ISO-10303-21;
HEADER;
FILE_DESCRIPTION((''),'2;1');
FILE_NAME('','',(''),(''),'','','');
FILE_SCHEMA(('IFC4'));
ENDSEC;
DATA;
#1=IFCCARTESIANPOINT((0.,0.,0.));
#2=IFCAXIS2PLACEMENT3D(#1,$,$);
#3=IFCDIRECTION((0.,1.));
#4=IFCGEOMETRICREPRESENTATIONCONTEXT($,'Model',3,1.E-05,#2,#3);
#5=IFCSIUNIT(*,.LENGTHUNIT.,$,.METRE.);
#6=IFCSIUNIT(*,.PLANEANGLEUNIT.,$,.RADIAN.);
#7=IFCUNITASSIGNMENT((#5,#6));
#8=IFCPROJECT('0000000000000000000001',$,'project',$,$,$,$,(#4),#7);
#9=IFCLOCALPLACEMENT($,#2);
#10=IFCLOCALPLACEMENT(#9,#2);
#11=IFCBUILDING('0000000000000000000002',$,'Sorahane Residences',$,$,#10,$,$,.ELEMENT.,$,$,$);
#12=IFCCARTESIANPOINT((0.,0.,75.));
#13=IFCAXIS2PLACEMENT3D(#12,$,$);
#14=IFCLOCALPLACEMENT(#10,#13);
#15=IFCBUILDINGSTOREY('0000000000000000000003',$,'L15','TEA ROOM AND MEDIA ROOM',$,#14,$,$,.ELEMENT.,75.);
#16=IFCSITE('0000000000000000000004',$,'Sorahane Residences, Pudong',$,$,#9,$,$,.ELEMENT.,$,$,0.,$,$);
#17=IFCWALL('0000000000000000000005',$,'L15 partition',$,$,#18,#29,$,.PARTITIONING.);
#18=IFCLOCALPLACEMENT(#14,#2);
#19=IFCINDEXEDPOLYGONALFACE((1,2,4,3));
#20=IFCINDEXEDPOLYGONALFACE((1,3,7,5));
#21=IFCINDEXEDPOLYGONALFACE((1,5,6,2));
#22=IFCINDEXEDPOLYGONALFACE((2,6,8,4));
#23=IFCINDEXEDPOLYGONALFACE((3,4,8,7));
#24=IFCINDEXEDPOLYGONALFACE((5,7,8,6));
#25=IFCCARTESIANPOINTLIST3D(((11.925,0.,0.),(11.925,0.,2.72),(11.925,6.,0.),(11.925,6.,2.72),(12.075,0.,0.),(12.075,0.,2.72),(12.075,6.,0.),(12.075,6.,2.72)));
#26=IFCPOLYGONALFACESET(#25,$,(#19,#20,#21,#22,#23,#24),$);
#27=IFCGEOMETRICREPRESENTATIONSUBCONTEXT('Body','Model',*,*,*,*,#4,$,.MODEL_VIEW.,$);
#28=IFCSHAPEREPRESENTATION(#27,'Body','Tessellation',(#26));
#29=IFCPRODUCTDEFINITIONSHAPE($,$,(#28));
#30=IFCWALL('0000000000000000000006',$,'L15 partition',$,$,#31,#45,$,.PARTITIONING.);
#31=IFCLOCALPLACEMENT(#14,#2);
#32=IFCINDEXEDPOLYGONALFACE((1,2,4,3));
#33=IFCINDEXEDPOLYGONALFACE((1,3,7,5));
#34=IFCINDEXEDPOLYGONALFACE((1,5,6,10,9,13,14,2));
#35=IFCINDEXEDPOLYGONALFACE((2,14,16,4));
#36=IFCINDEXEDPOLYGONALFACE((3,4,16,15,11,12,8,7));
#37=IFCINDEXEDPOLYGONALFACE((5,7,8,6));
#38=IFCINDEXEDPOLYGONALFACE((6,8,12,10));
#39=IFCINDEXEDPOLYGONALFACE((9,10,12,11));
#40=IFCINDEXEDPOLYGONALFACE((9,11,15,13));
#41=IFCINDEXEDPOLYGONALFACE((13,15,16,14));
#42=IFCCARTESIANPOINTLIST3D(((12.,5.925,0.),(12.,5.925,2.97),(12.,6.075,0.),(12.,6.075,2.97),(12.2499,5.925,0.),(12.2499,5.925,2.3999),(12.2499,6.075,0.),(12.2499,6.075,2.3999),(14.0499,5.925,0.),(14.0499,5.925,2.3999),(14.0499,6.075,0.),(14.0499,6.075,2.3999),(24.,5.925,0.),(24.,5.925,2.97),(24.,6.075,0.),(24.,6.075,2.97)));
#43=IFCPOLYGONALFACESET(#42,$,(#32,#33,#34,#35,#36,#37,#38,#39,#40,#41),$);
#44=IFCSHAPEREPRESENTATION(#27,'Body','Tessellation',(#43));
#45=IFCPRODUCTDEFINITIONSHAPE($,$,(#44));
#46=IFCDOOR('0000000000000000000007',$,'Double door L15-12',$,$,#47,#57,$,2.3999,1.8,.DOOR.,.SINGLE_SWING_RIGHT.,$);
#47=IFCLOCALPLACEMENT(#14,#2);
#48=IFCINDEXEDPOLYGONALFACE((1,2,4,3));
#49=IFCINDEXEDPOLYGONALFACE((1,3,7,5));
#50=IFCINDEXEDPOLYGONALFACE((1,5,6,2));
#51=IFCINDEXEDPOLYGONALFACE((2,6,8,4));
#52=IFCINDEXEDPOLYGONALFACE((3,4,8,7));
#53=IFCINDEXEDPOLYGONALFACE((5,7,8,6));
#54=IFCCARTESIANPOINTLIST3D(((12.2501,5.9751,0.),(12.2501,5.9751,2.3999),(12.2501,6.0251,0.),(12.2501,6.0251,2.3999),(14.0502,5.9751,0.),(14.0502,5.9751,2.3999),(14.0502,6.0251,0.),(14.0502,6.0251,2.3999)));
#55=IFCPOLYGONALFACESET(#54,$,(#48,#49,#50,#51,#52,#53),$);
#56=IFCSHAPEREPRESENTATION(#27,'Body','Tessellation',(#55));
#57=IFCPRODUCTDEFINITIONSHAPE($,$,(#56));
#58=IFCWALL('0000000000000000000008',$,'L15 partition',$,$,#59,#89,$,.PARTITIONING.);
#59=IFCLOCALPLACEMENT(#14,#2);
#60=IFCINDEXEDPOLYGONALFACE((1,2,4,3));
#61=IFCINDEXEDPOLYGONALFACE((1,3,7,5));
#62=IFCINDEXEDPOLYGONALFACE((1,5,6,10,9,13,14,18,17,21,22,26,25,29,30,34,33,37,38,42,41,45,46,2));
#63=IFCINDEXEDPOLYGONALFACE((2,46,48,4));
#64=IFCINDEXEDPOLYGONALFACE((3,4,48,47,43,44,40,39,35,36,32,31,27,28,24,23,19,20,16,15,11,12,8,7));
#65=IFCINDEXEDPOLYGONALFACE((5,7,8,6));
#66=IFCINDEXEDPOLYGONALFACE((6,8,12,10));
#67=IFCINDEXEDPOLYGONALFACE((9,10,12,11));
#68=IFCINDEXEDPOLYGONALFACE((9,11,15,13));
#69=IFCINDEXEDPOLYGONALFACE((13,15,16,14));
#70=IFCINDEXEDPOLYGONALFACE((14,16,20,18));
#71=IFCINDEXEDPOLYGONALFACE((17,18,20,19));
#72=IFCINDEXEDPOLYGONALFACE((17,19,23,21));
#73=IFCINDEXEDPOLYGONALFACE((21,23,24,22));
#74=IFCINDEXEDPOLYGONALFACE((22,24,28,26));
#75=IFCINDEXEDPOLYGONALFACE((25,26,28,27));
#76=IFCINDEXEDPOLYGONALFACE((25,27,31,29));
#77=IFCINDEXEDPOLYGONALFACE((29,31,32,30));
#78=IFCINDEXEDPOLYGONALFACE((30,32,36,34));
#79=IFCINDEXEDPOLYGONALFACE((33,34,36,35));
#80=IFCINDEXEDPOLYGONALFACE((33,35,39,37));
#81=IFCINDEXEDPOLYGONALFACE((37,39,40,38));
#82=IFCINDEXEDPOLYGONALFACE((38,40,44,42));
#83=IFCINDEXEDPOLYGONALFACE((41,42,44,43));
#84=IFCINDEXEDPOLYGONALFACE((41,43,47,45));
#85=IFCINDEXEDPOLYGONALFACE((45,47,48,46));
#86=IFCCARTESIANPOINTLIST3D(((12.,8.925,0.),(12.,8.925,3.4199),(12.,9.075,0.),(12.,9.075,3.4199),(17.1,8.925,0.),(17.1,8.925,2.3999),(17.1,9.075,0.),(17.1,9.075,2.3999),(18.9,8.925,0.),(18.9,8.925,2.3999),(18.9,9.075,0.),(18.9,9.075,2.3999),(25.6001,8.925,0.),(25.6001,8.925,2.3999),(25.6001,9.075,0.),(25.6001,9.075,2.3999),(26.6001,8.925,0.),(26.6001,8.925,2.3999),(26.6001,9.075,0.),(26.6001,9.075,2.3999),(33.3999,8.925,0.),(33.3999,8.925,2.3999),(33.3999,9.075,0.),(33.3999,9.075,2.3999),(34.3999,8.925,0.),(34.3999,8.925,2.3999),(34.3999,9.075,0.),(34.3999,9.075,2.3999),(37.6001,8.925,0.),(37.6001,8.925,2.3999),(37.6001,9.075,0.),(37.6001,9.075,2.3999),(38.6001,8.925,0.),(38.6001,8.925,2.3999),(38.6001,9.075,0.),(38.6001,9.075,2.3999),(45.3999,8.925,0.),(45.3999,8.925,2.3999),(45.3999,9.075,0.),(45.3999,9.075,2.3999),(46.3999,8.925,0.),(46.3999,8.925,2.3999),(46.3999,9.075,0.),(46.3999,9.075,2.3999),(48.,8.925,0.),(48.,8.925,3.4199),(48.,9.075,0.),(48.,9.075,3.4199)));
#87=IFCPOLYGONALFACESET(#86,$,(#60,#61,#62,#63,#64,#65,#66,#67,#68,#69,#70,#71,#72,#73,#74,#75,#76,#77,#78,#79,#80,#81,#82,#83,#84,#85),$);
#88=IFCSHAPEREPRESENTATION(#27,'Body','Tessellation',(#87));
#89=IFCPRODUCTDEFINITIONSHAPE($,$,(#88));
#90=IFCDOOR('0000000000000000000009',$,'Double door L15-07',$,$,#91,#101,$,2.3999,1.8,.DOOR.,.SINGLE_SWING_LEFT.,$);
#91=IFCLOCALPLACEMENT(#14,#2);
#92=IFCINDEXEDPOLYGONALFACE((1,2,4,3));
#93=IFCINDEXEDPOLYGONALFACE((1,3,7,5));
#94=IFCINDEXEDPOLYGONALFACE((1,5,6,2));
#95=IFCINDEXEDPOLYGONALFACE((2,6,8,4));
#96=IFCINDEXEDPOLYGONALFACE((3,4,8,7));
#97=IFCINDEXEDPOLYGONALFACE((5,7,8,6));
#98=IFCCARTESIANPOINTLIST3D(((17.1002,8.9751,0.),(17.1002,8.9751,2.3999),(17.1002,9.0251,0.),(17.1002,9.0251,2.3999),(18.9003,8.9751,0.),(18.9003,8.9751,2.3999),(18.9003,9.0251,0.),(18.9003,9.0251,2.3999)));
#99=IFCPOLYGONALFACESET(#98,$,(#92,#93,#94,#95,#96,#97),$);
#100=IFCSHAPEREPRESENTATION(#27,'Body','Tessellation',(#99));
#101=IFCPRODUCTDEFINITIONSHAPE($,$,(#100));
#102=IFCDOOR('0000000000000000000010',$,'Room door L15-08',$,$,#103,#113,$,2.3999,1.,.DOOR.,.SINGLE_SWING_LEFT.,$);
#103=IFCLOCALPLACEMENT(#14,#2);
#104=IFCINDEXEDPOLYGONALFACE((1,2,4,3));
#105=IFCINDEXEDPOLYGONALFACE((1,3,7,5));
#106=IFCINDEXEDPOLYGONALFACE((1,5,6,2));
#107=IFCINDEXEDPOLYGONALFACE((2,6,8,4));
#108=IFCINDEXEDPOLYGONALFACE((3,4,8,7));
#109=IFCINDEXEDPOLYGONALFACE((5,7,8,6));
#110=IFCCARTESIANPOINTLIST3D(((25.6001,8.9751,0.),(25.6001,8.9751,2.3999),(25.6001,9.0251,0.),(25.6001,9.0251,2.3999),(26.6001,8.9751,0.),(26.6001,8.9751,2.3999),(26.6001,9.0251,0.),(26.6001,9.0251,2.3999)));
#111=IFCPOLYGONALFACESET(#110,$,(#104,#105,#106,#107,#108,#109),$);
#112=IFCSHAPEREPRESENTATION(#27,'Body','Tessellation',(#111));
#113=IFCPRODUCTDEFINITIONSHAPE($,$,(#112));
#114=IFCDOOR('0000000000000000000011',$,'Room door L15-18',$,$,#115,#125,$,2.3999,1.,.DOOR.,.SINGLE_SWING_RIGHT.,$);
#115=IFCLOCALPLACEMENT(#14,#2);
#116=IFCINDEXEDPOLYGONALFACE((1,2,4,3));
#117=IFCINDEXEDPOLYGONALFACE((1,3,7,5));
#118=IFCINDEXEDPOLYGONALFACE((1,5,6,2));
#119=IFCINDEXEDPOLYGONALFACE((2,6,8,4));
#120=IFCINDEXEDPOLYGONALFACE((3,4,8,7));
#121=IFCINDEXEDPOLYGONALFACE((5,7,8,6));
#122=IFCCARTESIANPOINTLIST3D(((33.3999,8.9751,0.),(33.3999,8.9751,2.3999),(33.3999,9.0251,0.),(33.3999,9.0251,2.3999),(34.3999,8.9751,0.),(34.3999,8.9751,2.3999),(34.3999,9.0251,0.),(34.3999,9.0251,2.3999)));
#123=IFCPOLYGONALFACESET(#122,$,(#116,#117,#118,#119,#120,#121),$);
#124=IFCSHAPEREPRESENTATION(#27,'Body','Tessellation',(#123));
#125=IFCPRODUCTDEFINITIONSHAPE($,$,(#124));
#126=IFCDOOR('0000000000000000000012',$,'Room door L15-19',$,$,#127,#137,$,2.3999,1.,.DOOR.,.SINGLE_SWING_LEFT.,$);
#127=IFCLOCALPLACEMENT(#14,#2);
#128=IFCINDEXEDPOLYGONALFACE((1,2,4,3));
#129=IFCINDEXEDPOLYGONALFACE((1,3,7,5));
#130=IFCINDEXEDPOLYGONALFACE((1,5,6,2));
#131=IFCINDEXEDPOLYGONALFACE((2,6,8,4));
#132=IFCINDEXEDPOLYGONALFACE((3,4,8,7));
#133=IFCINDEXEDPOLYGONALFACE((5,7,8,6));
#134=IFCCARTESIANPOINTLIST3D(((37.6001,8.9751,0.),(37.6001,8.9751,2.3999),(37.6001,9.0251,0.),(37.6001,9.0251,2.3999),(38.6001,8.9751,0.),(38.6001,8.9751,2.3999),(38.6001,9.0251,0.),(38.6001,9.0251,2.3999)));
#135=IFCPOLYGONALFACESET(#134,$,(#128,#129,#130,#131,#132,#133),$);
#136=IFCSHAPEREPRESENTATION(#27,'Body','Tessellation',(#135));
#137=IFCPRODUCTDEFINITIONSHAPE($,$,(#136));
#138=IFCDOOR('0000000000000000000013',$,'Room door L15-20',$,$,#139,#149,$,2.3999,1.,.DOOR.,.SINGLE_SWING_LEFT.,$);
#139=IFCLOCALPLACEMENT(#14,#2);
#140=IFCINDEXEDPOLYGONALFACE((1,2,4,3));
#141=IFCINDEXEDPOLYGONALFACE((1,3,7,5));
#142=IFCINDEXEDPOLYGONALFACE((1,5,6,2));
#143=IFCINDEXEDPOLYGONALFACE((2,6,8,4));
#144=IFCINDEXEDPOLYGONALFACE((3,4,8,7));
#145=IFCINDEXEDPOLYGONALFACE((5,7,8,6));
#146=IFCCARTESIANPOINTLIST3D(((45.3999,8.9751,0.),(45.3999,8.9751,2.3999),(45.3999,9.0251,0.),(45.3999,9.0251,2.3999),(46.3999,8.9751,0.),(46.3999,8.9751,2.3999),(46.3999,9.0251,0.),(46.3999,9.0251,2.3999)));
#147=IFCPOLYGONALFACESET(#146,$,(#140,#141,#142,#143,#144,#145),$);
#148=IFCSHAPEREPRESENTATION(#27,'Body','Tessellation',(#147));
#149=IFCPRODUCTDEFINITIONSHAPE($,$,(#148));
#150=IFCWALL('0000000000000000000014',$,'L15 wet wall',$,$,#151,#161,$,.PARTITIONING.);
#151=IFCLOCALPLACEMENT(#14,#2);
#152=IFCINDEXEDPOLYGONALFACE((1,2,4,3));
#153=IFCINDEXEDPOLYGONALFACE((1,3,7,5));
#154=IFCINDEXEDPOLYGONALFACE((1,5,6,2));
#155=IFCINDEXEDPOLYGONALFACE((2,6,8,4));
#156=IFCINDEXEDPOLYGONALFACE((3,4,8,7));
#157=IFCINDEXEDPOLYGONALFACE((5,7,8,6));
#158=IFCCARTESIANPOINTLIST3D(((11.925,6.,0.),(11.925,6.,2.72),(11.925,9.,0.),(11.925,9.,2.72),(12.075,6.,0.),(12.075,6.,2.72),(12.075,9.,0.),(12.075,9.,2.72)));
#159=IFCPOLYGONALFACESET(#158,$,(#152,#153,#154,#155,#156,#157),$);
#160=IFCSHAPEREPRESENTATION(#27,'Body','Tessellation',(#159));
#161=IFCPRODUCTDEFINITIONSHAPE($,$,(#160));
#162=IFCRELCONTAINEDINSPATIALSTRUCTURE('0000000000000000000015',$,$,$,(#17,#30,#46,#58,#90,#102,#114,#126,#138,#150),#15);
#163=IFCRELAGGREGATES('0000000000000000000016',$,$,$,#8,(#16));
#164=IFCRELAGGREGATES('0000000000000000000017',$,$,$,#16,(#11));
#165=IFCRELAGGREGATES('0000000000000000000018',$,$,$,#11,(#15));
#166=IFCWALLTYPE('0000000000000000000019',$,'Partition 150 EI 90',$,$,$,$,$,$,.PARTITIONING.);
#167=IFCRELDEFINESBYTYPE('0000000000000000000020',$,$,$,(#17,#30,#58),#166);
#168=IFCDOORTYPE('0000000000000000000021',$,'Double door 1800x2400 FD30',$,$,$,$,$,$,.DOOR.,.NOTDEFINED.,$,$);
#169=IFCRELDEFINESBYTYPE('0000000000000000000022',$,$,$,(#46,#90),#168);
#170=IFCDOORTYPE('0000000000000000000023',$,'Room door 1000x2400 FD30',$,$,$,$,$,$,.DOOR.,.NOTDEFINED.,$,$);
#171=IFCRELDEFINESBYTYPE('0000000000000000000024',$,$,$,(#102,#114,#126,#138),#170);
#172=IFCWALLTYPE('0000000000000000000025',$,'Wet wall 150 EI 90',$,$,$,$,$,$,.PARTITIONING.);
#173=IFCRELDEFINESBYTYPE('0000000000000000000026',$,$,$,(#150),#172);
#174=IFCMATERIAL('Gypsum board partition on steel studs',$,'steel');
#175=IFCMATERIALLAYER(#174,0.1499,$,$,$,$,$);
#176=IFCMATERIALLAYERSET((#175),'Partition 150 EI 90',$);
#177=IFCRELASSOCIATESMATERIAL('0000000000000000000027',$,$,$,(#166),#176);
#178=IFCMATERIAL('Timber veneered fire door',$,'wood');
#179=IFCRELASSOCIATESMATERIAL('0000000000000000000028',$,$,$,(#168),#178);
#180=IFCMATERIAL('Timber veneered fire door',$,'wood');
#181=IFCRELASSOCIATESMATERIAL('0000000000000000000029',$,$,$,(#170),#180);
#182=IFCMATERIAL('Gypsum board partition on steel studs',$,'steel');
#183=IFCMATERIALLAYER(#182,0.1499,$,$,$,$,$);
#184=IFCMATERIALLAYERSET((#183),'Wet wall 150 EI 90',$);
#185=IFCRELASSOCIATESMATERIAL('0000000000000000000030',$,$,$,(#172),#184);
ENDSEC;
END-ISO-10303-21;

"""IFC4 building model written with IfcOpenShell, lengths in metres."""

from ifc_helpers import new_model, si_unit, direction, frame, frame_2d, origin, place, context, subcontext, project, spatial, rectangle, extrude, material, layer, layer_set, type_object, element, fill, save


model = new_model("IFC4")

# Units and contexts
model_context = context("Model", 3, precision=1e-05, world=origin(), true_north=direction((0.0, 1.0)))
body_context = subcontext(model_context, "Body", "Model", "MODEL_VIEW")
ifc_project = project(units=[si_unit("LENGTHUNIT", "METRE"), si_unit("PLANEANGLEUNIT", "RADIAN")], contexts=[model_context])

# Site, building, storey
site_placement = place(None, origin())
site = spatial("IfcSite", under=ifc_project, at=site_placement, Name="Sorahane Residences, Pudong", CompositionType="ELEMENT", RefElevation=0.0)
building_placement = place(site_placement, origin())
building = spatial("IfcBuilding", under=site, at=building_placement, Name="Sorahane Residences", CompositionType="ELEMENT")
storey_placement = place(building_placement, frame((0.0, 0.0, 75.0)))
storey = spatial("IfcBuildingStorey", under=building, at=storey_placement, Name="L15", Description="TEA ROOM AND MEDIA ROOM", CompositionType="ELEMENT", Elevation=75.0)

# Wall
ifc_material_1 = material(Name="Gypsum board partition on steel studs", Category="steel")
ifc_layer_1 = layer(ifc_material_1, 0.1499)
ifc_layer_set_1 = layer_set([ifc_layer_1], Name="Partition 150 EI 90")
wall_type_1 = type_object("IfcWallType", Name="Partition 150 EI 90", PredefinedType="PARTITIONING", material=ifc_layer_set_1)
wall_1_placement = place(storey_placement, frame((12.0, 0.0, 0.0), z_axis=(0.0, 0.0, 1.0), x_axis=(0.0, 1.0, 0.0)))
element("IfcWall", 1, at=wall_1_placement, inside=storey, type_object=wall_type_1, Name="L15 partition", PredefinedType="PARTITIONING", context=body_context, shape_type="SweptSolid", body=[
    extrude(rectangle(XDim=6.0, YDim=0.1499, at=frame_2d((3.0, 0.0))), origin(), (0.0, 0.0, 1.0), 2.72),
])

# Wall, opening, door
wall_2_placement = place(storey_placement, frame((12.0, 6.0, 0.0), z_axis=(0.0, 0.0, 1.0), x_axis=(1.0, 0.0, 0.0)))
wall_2 = element("IfcWall", 2, at=wall_2_placement, inside=storey, type_object=wall_type_1, Name="L15 partition", PredefinedType="PARTITIONING", context=body_context, shape_type="SweptSolid", body=[
    extrude(rectangle(XDim=12.0, YDim=0.1499, at=frame_2d((6.0, 0.0))), origin(), (0.0, 0.0, 1.0), 2.97),
])
opening_1_placement = place(wall_2_placement, frame((0.25, 0.0, 0.0)))
opening_1 = element("IfcOpeningElement", 3, at=opening_1_placement, cuts=wall_2, PredefinedType="OPENING", context=body_context, shape_type="SweptSolid", body=[
    extrude(rectangle(XDim=1.8, YDim=2.3999, at=frame_2d((0.8999, 1.2))), frame((0.0, 0.085, 0.0), z_axis=(0.0, -1.0, 0.0), x_axis=(1.0, 0.0, 0.0)), (0.0, 0.0, 1.0), 0.1699),
])
ifc_material_2 = material(Name="Timber veneered fire door", Category="wood")
door_type_1 = type_object("IfcDoorType", Name="Double door 1800x2400 FD30", OperationType="NOTDEFINED", PredefinedType="DOOR", material=ifc_material_2)
door_1_placement = place(opening_1_placement, frame((1.8, 0.0, 0.0), z_axis=(0.0, 0.0, 1.0), x_axis=(-1.0, 0.0, 0.0)))
door_1 = element("IfcDoor", 4, at=door_1_placement, inside=storey, type_object=door_type_1, Name="Double door L15-12", OperationType="SINGLE_SWING_RIGHT", OverallHeight=2.3999, OverallWidth=1.8, PredefinedType="DOOR", context=body_context, shape_type="SweptSolid", body=[
    extrude(rectangle(XDim=1.8, YDim=2.3999, at=frame_2d((0.8999, 1.2))), frame((0.0, 0.0249, 0.0), z_axis=(0.0, -1.0, 0.0), x_axis=(1.0, 0.0, 0.0)), (0.0, 0.0, 1.0), 0.05),
])
fill(opening_1, door_1)

# Wall, openings, doors
wall_3_placement = place(storey_placement, frame((12.0, 9.0, 0.0), z_axis=(0.0, 0.0, 1.0), x_axis=(1.0, 0.0, 0.0)))
wall_3 = element("IfcWall", 5, at=wall_3_placement, inside=storey, type_object=wall_type_1, Name="L15 partition", PredefinedType="PARTITIONING", context=body_context, shape_type="SweptSolid", body=[
    extrude(rectangle(XDim=36.0, YDim=0.1499, at=frame_2d((18.0, 0.0))), origin(), (0.0, 0.0, 1.0), 3.4199),
])
opening_2_placement = place(wall_3_placement, frame((5.1001, 0.0, 0.0)))
opening_2 = element("IfcOpeningElement", 6, at=opening_2_placement, cuts=wall_3, PredefinedType="OPENING", context=body_context, shape_type="SweptSolid", body=[
    extrude(rectangle(XDim=1.8, YDim=2.3999, at=frame_2d((0.8999, 1.2))), frame((0.0, 0.085, 0.0), z_axis=(0.0, -1.0, 0.0), x_axis=(1.0, 0.0, 0.0)), (0.0, 0.0, 1.0), 0.1699),
])
opening_3_placement = place(wall_3_placement, frame((13.6001, 0.0, 0.0)))
opening_3 = element("IfcOpeningElement", 7, at=opening_3_placement, cuts=wall_3, PredefinedType="OPENING", context=body_context, shape_type="SweptSolid", body=[
    extrude(rectangle(XDim=1.0, YDim=2.3999, at=frame_2d((0.5, 1.2))), frame((0.0, 0.085, 0.0), z_axis=(0.0, -1.0, 0.0), x_axis=(1.0, 0.0, 0.0)), (0.0, 0.0, 1.0), 0.1699),
])
opening_4_placement = place(wall_3_placement, frame((21.3999, 0.0, 0.0)))
opening_4 = element("IfcOpeningElement", 8, at=opening_4_placement, cuts=wall_3, PredefinedType="OPENING", context=body_context, shape_type="SweptSolid", body=[
    extrude(rectangle(XDim=1.0, YDim=2.3999, at=frame_2d((0.5, 1.2))), frame((0.0, 0.085, 0.0), z_axis=(0.0, -1.0, 0.0), x_axis=(1.0, 0.0, 0.0)), (0.0, 0.0, 1.0), 0.1699),
])
opening_5_placement = place(wall_3_placement, frame((25.6001, 0.0, 0.0)))
opening_5 = element("IfcOpeningElement", 9, at=opening_5_placement, cuts=wall_3, PredefinedType="OPENING", context=body_context, shape_type="SweptSolid", body=[
    extrude(rectangle(XDim=1.0, YDim=2.3999, at=frame_2d((0.5, 1.2))), frame((0.0, 0.085, 0.0), z_axis=(0.0, -1.0, 0.0), x_axis=(1.0, 0.0, 0.0)), (0.0, 0.0, 1.0), 0.1699),
])
opening_6_placement = place(wall_3_placement, frame((33.3999, 0.0, 0.0)))
opening_6 = element("IfcOpeningElement", 10, at=opening_6_placement, cuts=wall_3, PredefinedType="OPENING", context=body_context, shape_type="SweptSolid", body=[
    extrude(rectangle(XDim=1.0, YDim=2.3999, at=frame_2d((0.5, 1.2))), frame((0.0, 0.085, 0.0), z_axis=(0.0, -1.0, 0.0), x_axis=(1.0, 0.0, 0.0)), (0.0, 0.0, 1.0), 0.1699),
])
door_2_placement = place(opening_2_placement, frame((1.8, 0.0, 0.0), z_axis=(0.0, 0.0, 1.0), x_axis=(-1.0, 0.0, 0.0)))
door_2 = element("IfcDoor", 11, at=door_2_placement, inside=storey, type_object=door_type_1, Name="Double door L15-07", OperationType="SINGLE_SWING_LEFT", OverallHeight=2.3999, OverallWidth=1.8, PredefinedType="DOOR", context=body_context, shape_type="SweptSolid", body=[
    extrude(rectangle(XDim=1.8, YDim=2.3999, at=frame_2d((0.8999, 1.2))), frame((0.0, 0.0249, 0.0), z_axis=(0.0, -1.0, 0.0), x_axis=(1.0, 0.0, 0.0)), (0.0, 0.0, 1.0), 0.05),
])
fill(opening_2, door_2)
ifc_material_3 = material(Name="Timber veneered fire door", Category="wood")
door_type_2 = type_object("IfcDoorType", Name="Room door 1000x2400 FD30", OperationType="NOTDEFINED", PredefinedType="DOOR", material=ifc_material_3)
door_3_placement = place(opening_3_placement, frame((1.0, 0.0, 0.0), z_axis=(0.0, 0.0, 1.0), x_axis=(-1.0, 0.0, 0.0)))
door_3 = element("IfcDoor", 12, at=door_3_placement, inside=storey, type_object=door_type_2, Name="Room door L15-08", OperationType="SINGLE_SWING_LEFT", OverallHeight=2.3999, OverallWidth=1.0, PredefinedType="DOOR", context=body_context, shape_type="SweptSolid", body=[
    extrude(rectangle(XDim=1.0, YDim=2.3999, at=frame_2d((0.5, 1.2))), frame((0.0, 0.0249, 0.0), z_axis=(0.0, -1.0, 0.0), x_axis=(1.0, 0.0, 0.0)), (0.0, 0.0, 1.0), 0.05),
])
fill(opening_3, door_3)
door_4_placement = place(opening_4_placement, frame((1.0, 0.0, 0.0), z_axis=(0.0, 0.0, 1.0), x_axis=(-1.0, 0.0, 0.0)))
door_4 = element("IfcDoor", 13, at=door_4_placement, inside=storey, type_object=door_type_2, Name="Room door L15-18", OperationType="SINGLE_SWING_RIGHT", OverallHeight=2.3999, OverallWidth=1.0, PredefinedType="DOOR", context=body_context, shape_type="SweptSolid", body=[
    extrude(rectangle(XDim=1.0, YDim=2.3999, at=frame_2d((0.5, 1.2))), frame((0.0, 0.0249, 0.0), z_axis=(0.0, -1.0, 0.0), x_axis=(1.0, 0.0, 0.0)), (0.0, 0.0, 1.0), 0.05),
])
fill(opening_4, door_4)
door_5_placement = place(opening_5_placement, frame((1.0, 0.0, 0.0), z_axis=(0.0, 0.0, 1.0), x_axis=(-1.0, 0.0, 0.0)))
door_5 = element("IfcDoor", 14, at=door_5_placement, inside=storey, type_object=door_type_2, Name="Room door L15-19", OperationType="SINGLE_SWING_LEFT", OverallHeight=2.3999, OverallWidth=1.0, PredefinedType="DOOR", context=body_context, shape_type="SweptSolid", body=[
    extrude(rectangle(XDim=1.0, YDim=2.3999, at=frame_2d((0.5, 1.2))), frame((0.0, 0.0249, 0.0), z_axis=(0.0, -1.0, 0.0), x_axis=(1.0, 0.0, 0.0)), (0.0, 0.0, 1.0), 0.05),
])
fill(opening_5, door_5)
door_6_placement = place(opening_6_placement, frame((1.0, 0.0, 0.0), z_axis=(0.0, 0.0, 1.0), x_axis=(-1.0, 0.0, 0.0)))
door_6 = element("IfcDoor", 15, at=door_6_placement, inside=storey, type_object=door_type_2, Name="Room door L15-20", OperationType="SINGLE_SWING_LEFT", OverallHeight=2.3999, OverallWidth=1.0, PredefinedType="DOOR", context=body_context, shape_type="SweptSolid", body=[
    extrude(rectangle(XDim=1.0, YDim=2.3999, at=frame_2d((0.5, 1.2))), frame((0.0, 0.0249, 0.0), z_axis=(0.0, -1.0, 0.0), x_axis=(1.0, 0.0, 0.0)), (0.0, 0.0, 1.0), 0.05),
])
fill(opening_6, door_6)

# Wall
ifc_material_4 = material(Name="Gypsum board partition on steel studs", Category="steel")
ifc_layer_2 = layer(ifc_material_4, 0.1499)
ifc_layer_set_2 = layer_set([ifc_layer_2], Name="Wet wall 150 EI 90")
wall_type_2 = type_object("IfcWallType", Name="Wet wall 150 EI 90", PredefinedType="PARTITIONING", material=ifc_layer_set_2)
wall_4_placement = place(storey_placement, frame((12.0, 6.0, 0.0), z_axis=(0.0, 0.0, 1.0), x_axis=(0.0, 1.0, 0.0)))
element("IfcWall", 16, at=wall_4_placement, inside=storey, type_object=wall_type_2, Name="L15 wet wall", PredefinedType="PARTITIONING", context=body_context, shape_type="SweptSolid", body=[
    extrude(rectangle(XDim=3.0, YDim=0.1499, at=frame_2d((1.5, 0.0))), origin(), (0.0, 0.0, 1.0), 2.72),
])

save(model, "model.ifc")
